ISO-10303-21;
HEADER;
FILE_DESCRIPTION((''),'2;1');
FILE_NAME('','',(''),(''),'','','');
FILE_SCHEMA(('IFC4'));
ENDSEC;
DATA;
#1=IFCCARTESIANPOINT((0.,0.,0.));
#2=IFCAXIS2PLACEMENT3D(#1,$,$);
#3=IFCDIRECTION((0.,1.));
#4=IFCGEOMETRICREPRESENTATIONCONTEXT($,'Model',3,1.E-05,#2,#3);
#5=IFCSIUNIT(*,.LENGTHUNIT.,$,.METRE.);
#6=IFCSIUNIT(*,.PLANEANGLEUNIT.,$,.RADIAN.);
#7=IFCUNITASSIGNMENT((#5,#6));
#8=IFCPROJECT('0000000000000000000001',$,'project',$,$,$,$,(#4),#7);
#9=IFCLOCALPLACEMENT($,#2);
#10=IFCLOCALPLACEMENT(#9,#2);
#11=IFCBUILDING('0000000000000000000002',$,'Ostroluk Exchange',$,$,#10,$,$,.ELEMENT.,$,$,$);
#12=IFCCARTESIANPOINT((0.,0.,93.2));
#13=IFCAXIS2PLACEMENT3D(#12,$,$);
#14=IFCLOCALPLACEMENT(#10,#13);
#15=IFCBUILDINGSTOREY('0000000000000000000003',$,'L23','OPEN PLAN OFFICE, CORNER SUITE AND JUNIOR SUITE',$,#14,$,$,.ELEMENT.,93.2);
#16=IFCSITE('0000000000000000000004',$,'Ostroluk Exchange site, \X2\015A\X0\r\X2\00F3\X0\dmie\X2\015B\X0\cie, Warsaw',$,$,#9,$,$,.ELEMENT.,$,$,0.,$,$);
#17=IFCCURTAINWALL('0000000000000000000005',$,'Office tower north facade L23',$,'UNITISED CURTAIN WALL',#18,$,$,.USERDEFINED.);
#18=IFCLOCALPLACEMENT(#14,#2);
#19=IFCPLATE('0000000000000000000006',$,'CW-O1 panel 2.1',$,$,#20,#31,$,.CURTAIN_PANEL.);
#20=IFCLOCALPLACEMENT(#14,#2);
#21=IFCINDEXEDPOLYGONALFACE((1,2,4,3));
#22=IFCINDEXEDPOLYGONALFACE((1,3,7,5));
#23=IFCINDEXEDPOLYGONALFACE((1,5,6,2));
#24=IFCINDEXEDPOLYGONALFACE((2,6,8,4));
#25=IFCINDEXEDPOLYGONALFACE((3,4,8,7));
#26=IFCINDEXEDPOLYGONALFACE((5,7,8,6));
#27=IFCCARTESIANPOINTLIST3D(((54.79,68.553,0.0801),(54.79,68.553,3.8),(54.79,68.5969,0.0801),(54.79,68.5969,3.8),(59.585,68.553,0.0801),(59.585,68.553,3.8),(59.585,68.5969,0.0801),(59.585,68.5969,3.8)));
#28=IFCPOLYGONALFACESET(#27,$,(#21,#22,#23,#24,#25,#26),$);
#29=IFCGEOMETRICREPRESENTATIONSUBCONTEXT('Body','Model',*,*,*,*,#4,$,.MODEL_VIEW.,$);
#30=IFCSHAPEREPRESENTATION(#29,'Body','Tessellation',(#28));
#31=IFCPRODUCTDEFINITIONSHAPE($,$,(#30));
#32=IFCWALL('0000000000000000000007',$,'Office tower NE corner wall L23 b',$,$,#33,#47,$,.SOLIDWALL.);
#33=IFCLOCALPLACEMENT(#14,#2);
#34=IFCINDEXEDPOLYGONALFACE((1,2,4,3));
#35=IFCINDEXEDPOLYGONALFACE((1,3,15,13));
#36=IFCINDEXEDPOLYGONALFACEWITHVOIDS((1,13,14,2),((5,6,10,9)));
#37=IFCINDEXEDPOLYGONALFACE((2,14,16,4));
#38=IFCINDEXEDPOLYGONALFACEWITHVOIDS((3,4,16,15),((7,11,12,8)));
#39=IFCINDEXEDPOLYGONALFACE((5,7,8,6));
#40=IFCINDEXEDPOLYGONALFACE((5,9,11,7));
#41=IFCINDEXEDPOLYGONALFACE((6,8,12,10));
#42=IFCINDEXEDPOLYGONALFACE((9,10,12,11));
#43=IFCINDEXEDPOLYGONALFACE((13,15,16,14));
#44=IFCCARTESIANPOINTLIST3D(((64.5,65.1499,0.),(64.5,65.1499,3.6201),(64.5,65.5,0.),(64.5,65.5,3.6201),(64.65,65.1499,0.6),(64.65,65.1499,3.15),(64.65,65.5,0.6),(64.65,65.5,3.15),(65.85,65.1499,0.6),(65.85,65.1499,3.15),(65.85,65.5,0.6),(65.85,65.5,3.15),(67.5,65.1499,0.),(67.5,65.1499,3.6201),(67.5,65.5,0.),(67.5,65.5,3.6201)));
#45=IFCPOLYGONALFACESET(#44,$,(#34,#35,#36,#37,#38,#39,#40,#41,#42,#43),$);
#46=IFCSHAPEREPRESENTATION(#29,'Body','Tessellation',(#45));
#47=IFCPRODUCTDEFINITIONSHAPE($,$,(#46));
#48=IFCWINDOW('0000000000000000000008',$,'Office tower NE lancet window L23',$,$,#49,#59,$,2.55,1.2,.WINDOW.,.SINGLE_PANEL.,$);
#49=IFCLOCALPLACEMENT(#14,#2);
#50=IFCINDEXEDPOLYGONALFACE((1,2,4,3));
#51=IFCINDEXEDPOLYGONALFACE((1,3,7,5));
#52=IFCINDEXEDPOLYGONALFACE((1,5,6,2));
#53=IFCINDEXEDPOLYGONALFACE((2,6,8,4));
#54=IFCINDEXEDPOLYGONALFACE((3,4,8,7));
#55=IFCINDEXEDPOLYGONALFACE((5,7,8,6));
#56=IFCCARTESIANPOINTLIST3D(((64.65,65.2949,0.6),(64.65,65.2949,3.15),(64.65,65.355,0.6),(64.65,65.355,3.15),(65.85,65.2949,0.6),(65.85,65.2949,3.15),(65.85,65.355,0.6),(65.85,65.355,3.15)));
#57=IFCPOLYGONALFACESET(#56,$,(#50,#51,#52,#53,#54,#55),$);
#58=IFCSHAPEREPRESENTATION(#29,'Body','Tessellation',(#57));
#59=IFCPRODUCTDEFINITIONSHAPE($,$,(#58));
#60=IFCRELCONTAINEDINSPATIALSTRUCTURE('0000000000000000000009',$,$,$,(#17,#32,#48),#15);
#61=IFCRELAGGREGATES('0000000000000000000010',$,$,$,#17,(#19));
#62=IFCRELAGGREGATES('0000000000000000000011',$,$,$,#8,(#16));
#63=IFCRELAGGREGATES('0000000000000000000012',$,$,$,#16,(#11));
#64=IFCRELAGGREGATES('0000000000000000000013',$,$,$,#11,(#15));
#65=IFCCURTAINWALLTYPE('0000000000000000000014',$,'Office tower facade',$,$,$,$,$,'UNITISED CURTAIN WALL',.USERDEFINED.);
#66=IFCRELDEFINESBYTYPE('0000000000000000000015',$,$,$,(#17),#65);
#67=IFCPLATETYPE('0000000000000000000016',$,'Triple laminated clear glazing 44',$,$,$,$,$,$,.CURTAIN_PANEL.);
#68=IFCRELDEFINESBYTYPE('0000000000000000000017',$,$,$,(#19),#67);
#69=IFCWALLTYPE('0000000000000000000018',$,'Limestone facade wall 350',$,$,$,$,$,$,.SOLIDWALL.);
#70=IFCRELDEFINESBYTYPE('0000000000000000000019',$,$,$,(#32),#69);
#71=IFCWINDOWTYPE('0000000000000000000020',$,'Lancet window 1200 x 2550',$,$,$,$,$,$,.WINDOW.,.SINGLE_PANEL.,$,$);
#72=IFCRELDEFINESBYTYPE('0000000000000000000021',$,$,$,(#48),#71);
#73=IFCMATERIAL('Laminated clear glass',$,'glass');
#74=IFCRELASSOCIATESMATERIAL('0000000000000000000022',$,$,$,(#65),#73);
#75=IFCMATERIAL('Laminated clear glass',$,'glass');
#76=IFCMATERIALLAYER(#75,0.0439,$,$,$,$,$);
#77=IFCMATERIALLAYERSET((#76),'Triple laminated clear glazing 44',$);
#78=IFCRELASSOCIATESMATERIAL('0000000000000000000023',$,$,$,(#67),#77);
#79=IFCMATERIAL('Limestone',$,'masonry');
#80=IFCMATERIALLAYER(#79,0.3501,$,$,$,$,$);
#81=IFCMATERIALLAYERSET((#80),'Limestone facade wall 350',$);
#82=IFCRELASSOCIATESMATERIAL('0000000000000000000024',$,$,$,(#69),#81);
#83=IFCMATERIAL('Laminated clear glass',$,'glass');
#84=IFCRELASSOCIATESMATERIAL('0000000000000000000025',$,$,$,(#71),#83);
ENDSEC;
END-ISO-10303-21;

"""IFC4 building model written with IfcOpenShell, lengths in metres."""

from ifc_helpers import new_model, si_unit, direction, frame, frame_2d, origin, origin_2d, place, context, subcontext, project, spatial, rectangle, extrude, material, layer, layer_set, type_object, element, fill, aggregate, save


model = new_model("IFC4")

# Units and contexts
model_context = context("Model", 3, precision=1e-05, world=origin(), true_north=direction((0.0, 1.0)))
body_context = subcontext(model_context, "Body", "Model", "MODEL_VIEW")
ifc_project = project(units=[si_unit("LENGTHUNIT", "METRE"), si_unit("PLANEANGLEUNIT", "RADIAN")], contexts=[model_context])

# Site, building, storey
site_placement = place(None, origin())
site = spatial("IfcSite", under=ifc_project, at=site_placement, Name="Ostroluk Exchange site, Śródmieście, Warsaw", CompositionType="ELEMENT", RefElevation=0.0)
building_placement = place(site_placement, origin())
building = spatial("IfcBuilding", under=site, at=building_placement, Name="Ostroluk Exchange", CompositionType="ELEMENT")
storey_placement = place(building_placement, frame((0.0, 0.0, 93.2)))
storey = spatial("IfcBuildingStorey", under=building, at=storey_placement, Name="L23", Description="OPEN PLAN OFFICE, CORNER SUITE AND JUNIOR SUITE", CompositionType="ELEMENT", Elevation=93.2)

# Curtain wall
ifc_material_1 = material(Name="Laminated clear glass", Category="glass")
curtain_wall_type = type_object("IfcCurtainWallType", Name="Office tower facade", ElementType="UNITISED CURTAIN WALL", PredefinedType="USERDEFINED", material=ifc_material_1)
curtain_wall_placement = place(storey_placement, origin())
curtain_wall = element("IfcCurtainWall", 1, at=curtain_wall_placement, inside=storey, type_object=curtain_wall_type, Name="Office tower north facade L23", ObjectType="UNITISED CURTAIN WALL", PredefinedType="USERDEFINED")

# Plate
ifc_material_2 = material(Name="Laminated clear glass", Category="glass")
ifc_layer_1 = layer(ifc_material_2, 0.0439)
ifc_layer_set_1 = layer_set([ifc_layer_1], Name="Triple laminated clear glazing 44")
plate_type_1 = type_object("IfcPlateType", Name="Triple laminated clear glazing 44", PredefinedType="CURTAIN_PANEL", material=ifc_layer_set_1)
plate_1_placement = place(storey_placement, frame((57.1875, 68.575, 0.0801), z_axis=(0.0, 0.0, 1.0), x_axis=(-1.0, 0.0, 0.0)))
plate_1 = element("IfcPlate", 2, at=plate_1_placement, type_object=plate_type_1, Name="CW-O1 panel 2.1", PredefinedType="CURTAIN_PANEL", context=body_context, shape_type="SweptSolid", body=[
    extrude(rectangle(XDim=4.7949, YDim=0.0439, at=origin_2d()), origin(), (0.0, 0.0, 1.0), 3.72),
])
aggregate(curtain_wall, [plate_1])

# Shared definitions
ifc_material_3 = material(Name="Limestone", Category="masonry")
ifc_layer_2 = layer(ifc_material_3, 0.3501)
ifc_layer_set_2 = layer_set([ifc_layer_2], Name="Limestone facade wall 350")
wall_type = type_object("IfcWallType", Name="Limestone facade wall 350", PredefinedType="SOLIDWALL", material=ifc_layer_set_2)

# Wall, opening, window
wall_1_placement = place(storey_placement, frame((64.5, 65.325, 0.0), z_axis=(0.0, 0.0, 1.0), x_axis=(1.0, 0.0, 0.0)))
wall_1 = element("IfcWall", 3, at=wall_1_placement, inside=storey, type_object=wall_type, Name="Office tower NE corner wall L23 b", PredefinedType="SOLIDWALL", context=body_context, shape_type="SweptSolid", body=[
    extrude(rectangle(XDim=3.0, YDim=0.3501, at=frame_2d((1.5, 0.0))), origin(), (0.0, 0.0, 1.0), 3.6201),
])
opening_1_placement = place(wall_1_placement, frame((0.1499, 0.0, 0.6001)))
opening_1 = element("IfcOpeningElement", 4, at=opening_1_placement, cuts=wall_1, PredefinedType="OPENING", context=body_context, shape_type="SweptSolid", body=[
    extrude(rectangle(XDim=1.2, YDim=2.55, at=frame_2d((0.6001, 1.2749))), frame((0.0, 0.1851, 0.0), z_axis=(0.0, -1.0, 0.0), x_axis=(1.0, 0.0, 0.0)), (0.0, 0.0, 1.0), 0.3701),
])
ifc_material_4 = material(Name="Laminated clear glass", Category="glass")
window_type = type_object("IfcWindowType", Name="Lancet window 1200 x 2550", PartitioningType="SINGLE_PANEL", PredefinedType="WINDOW", material=ifc_material_4)
window_placement = place(opening_1_placement, origin())
window = element("IfcWindow", 5, at=window_placement, inside=storey, type_object=window_type, Name="Office tower NE lancet window L23", OverallHeight=2.55, OverallWidth=1.2, PartitioningType="SINGLE_PANEL", PredefinedType="WINDOW", context=body_context, shape_type="SweptSolid", body=[
    extrude(rectangle(XDim=1.2, YDim=2.55, at=frame_2d((0.6001, 1.2749))), frame((0.0, 0.03, 0.0), z_axis=(0.0, -1.0, 0.0), x_axis=(1.0, 0.0, 0.0)), (0.0, 0.0, 1.0), 0.0601),
])
fill(opening_1, window)

save(model, "model.ifc")
